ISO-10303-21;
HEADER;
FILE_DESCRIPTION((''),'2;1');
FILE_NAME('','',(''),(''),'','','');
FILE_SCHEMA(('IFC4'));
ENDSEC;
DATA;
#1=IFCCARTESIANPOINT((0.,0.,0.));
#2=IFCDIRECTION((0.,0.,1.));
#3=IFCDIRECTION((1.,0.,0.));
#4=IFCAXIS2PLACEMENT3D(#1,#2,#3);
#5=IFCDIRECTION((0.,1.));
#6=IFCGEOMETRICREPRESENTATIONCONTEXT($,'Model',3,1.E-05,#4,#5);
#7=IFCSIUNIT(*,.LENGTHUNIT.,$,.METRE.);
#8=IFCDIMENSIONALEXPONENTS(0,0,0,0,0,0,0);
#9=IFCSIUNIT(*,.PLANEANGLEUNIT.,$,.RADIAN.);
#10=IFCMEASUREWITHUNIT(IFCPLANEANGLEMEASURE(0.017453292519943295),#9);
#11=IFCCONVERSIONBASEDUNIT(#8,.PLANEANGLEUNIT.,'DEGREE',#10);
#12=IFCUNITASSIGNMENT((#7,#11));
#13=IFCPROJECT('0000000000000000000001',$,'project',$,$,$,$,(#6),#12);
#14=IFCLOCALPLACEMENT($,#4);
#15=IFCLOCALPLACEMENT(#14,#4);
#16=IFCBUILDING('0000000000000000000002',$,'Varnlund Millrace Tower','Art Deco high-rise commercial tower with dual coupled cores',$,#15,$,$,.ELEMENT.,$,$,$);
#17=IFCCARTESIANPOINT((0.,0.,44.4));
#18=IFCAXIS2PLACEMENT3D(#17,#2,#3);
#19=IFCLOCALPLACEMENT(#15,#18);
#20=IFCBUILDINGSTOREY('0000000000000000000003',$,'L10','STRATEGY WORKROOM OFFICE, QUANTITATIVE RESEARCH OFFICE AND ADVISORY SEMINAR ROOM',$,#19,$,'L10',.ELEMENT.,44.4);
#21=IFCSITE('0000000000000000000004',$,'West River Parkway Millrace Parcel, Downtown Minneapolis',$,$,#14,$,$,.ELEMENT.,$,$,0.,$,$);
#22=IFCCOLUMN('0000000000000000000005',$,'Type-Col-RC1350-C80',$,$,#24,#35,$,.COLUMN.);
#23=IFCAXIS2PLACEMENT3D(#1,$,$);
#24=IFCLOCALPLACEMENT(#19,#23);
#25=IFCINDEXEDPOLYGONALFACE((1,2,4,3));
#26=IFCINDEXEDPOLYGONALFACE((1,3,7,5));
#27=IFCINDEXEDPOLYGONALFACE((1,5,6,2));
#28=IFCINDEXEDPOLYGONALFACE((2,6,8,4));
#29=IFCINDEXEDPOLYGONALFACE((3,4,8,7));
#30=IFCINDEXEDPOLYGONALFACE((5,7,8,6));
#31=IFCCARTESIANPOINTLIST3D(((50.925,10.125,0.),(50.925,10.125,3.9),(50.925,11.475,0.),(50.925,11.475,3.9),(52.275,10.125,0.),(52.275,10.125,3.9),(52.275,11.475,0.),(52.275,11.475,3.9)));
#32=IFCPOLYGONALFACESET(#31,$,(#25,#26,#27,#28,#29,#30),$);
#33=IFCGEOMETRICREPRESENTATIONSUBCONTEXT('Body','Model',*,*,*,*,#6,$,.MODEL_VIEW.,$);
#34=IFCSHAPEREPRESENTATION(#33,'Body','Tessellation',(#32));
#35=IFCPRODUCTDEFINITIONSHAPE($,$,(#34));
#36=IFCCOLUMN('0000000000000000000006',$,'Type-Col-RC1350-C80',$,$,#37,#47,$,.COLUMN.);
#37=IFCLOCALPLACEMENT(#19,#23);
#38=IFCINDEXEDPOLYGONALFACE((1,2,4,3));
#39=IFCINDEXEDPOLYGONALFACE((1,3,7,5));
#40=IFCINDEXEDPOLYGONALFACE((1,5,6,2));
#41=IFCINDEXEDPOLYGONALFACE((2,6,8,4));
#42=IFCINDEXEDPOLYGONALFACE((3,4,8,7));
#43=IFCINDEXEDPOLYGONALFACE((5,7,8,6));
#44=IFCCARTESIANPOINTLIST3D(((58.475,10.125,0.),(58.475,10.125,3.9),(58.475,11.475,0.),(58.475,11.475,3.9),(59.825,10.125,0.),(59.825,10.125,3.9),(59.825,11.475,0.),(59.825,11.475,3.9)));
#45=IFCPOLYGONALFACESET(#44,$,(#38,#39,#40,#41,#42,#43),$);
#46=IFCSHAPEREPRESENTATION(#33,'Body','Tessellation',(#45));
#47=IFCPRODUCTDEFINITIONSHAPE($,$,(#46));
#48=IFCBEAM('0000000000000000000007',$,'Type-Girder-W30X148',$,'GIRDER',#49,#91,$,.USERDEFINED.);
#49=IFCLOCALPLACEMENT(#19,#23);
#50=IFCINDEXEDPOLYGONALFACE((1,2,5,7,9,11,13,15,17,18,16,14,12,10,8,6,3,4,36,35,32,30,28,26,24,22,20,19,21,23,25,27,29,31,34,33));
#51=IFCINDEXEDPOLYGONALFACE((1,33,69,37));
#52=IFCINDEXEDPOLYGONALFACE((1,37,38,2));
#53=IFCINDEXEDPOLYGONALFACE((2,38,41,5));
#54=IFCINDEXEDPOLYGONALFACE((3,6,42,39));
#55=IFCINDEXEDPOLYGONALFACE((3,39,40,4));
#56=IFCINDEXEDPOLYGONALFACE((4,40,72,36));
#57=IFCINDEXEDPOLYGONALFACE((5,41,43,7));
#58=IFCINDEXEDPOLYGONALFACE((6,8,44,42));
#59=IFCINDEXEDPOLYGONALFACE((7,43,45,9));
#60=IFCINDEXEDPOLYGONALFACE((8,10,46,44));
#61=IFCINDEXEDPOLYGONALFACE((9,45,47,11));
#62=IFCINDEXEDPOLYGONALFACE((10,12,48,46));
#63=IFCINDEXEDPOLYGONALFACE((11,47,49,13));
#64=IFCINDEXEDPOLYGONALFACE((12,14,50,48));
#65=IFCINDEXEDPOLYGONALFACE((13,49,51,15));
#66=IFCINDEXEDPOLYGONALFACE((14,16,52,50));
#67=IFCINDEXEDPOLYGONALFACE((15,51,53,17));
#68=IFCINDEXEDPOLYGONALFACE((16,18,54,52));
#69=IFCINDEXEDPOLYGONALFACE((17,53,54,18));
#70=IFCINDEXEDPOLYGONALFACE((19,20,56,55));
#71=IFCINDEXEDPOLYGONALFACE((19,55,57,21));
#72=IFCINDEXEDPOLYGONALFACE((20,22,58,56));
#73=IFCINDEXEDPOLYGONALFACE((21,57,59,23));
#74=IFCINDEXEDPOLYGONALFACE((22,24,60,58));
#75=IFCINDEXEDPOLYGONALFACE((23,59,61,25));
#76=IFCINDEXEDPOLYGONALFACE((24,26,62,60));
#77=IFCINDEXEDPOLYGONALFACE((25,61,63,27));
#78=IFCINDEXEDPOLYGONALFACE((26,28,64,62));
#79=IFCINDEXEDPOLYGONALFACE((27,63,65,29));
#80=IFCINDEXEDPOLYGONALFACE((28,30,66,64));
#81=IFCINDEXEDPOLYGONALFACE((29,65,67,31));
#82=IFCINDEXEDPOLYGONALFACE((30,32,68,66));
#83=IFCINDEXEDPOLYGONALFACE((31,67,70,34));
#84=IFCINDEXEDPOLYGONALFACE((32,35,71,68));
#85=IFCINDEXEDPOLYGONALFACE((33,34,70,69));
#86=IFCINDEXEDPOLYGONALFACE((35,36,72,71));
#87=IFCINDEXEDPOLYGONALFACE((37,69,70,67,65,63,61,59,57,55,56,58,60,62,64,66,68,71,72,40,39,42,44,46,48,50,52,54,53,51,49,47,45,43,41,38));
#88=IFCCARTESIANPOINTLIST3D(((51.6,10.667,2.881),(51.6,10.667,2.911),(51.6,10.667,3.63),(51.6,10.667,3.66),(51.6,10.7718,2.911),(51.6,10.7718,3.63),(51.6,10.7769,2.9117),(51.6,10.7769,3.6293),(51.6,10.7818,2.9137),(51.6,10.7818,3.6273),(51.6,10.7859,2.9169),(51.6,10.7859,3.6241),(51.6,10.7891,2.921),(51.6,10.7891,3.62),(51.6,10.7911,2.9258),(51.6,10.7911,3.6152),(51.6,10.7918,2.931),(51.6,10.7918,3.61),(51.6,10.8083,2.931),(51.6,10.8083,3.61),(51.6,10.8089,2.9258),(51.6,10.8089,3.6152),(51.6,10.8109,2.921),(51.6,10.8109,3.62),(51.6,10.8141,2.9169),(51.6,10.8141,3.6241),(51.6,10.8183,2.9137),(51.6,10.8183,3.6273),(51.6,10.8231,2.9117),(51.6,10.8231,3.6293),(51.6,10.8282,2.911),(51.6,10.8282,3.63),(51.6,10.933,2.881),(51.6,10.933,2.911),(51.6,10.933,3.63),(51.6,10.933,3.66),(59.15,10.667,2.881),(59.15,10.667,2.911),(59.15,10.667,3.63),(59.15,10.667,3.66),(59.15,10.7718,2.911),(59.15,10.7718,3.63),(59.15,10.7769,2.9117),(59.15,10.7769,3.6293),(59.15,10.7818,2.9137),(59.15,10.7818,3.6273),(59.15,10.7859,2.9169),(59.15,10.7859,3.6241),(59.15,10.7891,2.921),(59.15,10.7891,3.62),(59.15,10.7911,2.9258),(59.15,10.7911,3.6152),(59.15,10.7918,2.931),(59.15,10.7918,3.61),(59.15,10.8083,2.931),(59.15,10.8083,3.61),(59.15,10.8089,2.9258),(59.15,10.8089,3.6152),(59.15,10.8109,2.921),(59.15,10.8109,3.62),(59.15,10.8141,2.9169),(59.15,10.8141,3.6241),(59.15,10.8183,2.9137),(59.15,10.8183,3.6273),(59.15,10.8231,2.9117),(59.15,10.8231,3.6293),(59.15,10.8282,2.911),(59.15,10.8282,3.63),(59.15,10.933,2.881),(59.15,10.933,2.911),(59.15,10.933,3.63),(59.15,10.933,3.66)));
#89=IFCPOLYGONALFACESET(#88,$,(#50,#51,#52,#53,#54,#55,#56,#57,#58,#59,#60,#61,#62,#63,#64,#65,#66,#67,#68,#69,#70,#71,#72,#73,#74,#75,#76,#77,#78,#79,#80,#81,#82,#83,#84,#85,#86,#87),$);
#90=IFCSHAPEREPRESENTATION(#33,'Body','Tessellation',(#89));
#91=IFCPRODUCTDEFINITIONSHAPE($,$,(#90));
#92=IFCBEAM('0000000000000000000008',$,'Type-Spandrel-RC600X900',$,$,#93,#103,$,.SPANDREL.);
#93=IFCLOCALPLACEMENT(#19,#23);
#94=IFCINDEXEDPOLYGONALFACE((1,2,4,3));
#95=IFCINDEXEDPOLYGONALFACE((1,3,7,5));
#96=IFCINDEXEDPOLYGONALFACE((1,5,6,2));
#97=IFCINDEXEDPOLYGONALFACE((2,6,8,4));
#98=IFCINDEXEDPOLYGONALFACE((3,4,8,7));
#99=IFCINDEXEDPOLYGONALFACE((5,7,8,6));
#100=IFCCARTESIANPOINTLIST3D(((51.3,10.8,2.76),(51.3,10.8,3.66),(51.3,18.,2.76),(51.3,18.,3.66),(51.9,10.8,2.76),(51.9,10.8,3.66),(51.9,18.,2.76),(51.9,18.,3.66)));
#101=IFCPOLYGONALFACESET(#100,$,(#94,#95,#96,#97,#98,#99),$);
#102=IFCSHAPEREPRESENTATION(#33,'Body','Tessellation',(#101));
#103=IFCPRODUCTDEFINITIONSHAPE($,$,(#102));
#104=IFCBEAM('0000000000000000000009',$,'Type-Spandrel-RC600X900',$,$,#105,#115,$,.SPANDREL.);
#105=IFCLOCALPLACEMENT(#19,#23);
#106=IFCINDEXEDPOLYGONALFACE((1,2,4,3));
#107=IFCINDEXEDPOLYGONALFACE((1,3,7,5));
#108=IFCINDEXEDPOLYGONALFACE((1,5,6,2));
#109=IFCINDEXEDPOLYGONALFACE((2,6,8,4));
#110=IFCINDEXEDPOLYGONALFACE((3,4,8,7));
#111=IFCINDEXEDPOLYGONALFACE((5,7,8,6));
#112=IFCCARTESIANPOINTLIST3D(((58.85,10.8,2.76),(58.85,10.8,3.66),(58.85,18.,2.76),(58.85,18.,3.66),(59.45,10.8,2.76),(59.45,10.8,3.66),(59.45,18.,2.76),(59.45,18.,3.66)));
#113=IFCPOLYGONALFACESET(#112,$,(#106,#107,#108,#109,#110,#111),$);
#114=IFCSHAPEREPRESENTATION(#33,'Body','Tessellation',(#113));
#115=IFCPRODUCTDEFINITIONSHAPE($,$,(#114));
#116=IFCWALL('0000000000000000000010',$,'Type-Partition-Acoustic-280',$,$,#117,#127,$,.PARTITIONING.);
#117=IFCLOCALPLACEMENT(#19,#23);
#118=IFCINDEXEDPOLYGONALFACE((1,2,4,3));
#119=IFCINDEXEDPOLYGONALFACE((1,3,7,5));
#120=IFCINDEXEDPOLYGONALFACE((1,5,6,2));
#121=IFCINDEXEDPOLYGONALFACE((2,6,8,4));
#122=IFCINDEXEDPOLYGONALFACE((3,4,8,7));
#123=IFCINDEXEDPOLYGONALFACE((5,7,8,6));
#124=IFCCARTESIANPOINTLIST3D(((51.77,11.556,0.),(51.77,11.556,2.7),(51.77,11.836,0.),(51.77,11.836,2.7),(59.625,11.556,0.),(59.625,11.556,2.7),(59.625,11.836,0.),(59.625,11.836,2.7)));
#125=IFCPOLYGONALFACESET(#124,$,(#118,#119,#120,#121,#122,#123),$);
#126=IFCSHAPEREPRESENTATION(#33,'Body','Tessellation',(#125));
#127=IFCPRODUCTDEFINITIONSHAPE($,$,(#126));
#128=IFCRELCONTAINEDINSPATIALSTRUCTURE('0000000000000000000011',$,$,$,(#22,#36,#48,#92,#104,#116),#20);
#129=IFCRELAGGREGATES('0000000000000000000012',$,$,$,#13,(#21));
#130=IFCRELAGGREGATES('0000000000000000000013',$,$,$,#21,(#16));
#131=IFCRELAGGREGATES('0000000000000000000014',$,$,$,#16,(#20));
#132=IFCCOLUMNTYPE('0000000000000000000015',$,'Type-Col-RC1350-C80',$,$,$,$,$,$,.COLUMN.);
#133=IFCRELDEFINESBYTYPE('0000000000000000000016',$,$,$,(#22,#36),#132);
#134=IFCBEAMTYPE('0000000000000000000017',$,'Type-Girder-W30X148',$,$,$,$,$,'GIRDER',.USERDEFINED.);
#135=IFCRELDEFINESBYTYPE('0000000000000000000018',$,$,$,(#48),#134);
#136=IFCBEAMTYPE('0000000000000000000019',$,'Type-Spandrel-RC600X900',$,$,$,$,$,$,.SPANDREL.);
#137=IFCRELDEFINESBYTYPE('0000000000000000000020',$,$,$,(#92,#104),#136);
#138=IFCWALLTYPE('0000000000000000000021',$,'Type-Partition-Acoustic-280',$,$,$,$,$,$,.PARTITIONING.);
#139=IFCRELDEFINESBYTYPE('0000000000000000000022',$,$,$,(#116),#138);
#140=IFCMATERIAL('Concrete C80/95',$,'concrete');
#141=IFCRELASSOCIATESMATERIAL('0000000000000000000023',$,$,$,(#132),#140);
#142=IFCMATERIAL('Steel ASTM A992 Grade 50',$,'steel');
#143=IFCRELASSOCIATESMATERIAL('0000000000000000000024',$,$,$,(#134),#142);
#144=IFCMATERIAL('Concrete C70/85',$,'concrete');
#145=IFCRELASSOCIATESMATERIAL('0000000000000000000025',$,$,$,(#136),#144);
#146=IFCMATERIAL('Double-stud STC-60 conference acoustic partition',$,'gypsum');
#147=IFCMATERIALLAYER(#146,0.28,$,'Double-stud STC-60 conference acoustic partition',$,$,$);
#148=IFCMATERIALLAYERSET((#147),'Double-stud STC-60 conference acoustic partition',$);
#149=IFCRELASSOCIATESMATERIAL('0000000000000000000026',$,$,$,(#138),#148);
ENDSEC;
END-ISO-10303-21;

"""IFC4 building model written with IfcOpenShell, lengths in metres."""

from ifc_helpers import new_model, entity, si_unit, converted_unit, direction, frame, origin_with_axes, origin_2d_with_axis, place, context, subcontext, project, spatial, polyline, rectangle, i_section, outline, extrude, material, layer, layer_set, material_profile, profile_set, type_object, element, save


model = new_model("IFC4")

# Units and contexts
model_context = context("Model", 3, precision=1e-05, world=origin_with_axes(), true_north=direction((0.0, 1.0)))
body_context = subcontext(model_context, "Body", "Model", "MODEL_VIEW")
ifc_project = project(units=[si_unit("LENGTHUNIT", "METRE"), converted_unit("PLANEANGLEUNIT", "DEGREE", entity("IfcPlaneAngleMeasure", 0.017453292519943295), si_unit("PLANEANGLEUNIT", "RADIAN"), dimensions=[0, 0, 0, 0, 0, 0, 0])], contexts=[model_context])

# Site, building, storey
site_placement = place(None, origin_with_axes())
site = spatial("IfcSite", under=ifc_project, at=site_placement, Name="West River Parkway Millrace Parcel, Downtown Minneapolis", CompositionType="ELEMENT", RefElevation=0.0)
building_placement = place(site_placement, origin_with_axes())
building = spatial("IfcBuilding", under=site, at=building_placement, Name="Varnlund Millrace Tower", Description="Art Deco high-rise commercial tower with dual coupled cores", CompositionType="ELEMENT")
storey_placement = place(building_placement, frame((0.0, 0.0, 44.4), z_axis=(0.0, 0.0, 1.0), x_axis=(1.0, 0.0, 0.0)))
storey = spatial("IfcBuildingStorey", under=building, at=storey_placement, Name="L10", Description="STRATEGY WORKROOM OFFICE, QUANTITATIVE RESEARCH OFFICE AND ADVISORY SEMINAR ROOM", LongName="L10", CompositionType="ELEMENT", Elevation=44.4)

# Columns
ifc_material_1 = material(Name="Concrete C80/95", Category="concrete")
ifc_material_profile_1 = material_profile(ifc_material_1, rectangle(XDim=1.35, YDim=1.35, at=origin_2d_with_axis()), Name="Concrete C80/95")
ifc_profile_set_1 = profile_set([ifc_material_profile_1], Name="Concrete C80/95")
column_type = type_object("IfcColumnType", Name="Type-Col-RC1350-C80", PredefinedType="COLUMN", material=ifc_profile_set_1)
for number, where, z_axis, x_axis, name in (
    (1, (51.6, 10.8, 0.0), (0.0, 0.0, 1.0), (1.0, 0.0, 0.0), "Type-Col-RC1350-C80"),
    (2, (59.15, 10.8, 0.0), (0.0, 0.0, 1.0), (1.0, 0.0, 0.0), "Type-Col-RC1350-C80"),
):
    element("IfcColumn", number, at=place(storey_placement, frame(where, z_axis=z_axis, x_axis=x_axis)), inside=storey, type_object=column_type, Name=name, PredefinedType="COLUMN", context=body_context, shape_type="SweptSolid", body=[
        extrude(rectangle(XDim=1.35, YDim=1.35, at=origin_2d_with_axis()), origin_with_axes(), (0.0, 0.0, 1.0), 3.9),
    ])

# Beams
ifc_material_2 = material(Name="Steel ASTM A992 Grade 50", Category="steel")
ifc_material_profile_2 = material_profile(ifc_material_2, i_section(OverallWidth=0.266, OverallDepth=0.779, WebThickness=0.0165, FlangeThickness=0.03, FilletRadius=0.02, at=origin_2d_with_axis()), Name="Steel ASTM A992 Grade 50")
ifc_profile_set_2 = profile_set([ifc_material_profile_2], Name="Steel ASTM A992 Grade 50")
beam_type_1 = type_object("IfcBeamType", Name="Type-Girder-W30X148", ElementType="GIRDER", PredefinedType="USERDEFINED", material=ifc_profile_set_2)
beam_placement = place(storey_placement, frame((51.6, 10.8, 3.2705), z_axis=(1.0, 0.0, 0.0), x_axis=(0.0, 1.0, 0.0)))
element("IfcBeam", 3, at=beam_placement, inside=storey, type_object=beam_type_1, Name="Type-Girder-W30X148", ObjectType="GIRDER", PredefinedType="USERDEFINED", context=body_context, shape_type="SweptSolid", body=[
    extrude(i_section(OverallWidth=0.266, OverallDepth=0.779, WebThickness=0.0165, FlangeThickness=0.03, FilletRadius=0.02, at=origin_2d_with_axis()), origin_with_axes(), (0.0, 0.0, 1.0), 7.55),
])
ifc_material_3 = material(Name="Concrete C70/85", Category="concrete")
ifc_material_profile_3 = material_profile(ifc_material_3, rectangle(XDim=0.6, YDim=0.9, at=origin_2d_with_axis()), Name="Concrete C70/85")
ifc_profile_set_3 = profile_set([ifc_material_profile_3], Name="Concrete C70/85")
beam_type_2 = type_object("IfcBeamType", Name="Type-Spandrel-RC600X900", PredefinedType="SPANDREL", material=ifc_profile_set_3)
for number, where, z_axis, x_axis, name in (
    (4, (51.6, 10.8, 3.21), (0.0, 1.0, 0.0), (-1.0, 0.0, 0.0), "Type-Spandrel-RC600X900"),
    (5, (59.15, 10.8, 3.21), (0.0, 1.0, 0.0), (-1.0, 0.0, 0.0), "Type-Spandrel-RC600X900"),
):
    element("IfcBeam", number, at=place(storey_placement, frame(where, z_axis=z_axis, x_axis=x_axis)), inside=storey, type_object=beam_type_2, Name=name, PredefinedType="SPANDREL", context=body_context, shape_type="SweptSolid", body=[
        extrude(rectangle(XDim=0.6, YDim=0.9, at=origin_2d_with_axis()), origin_with_axes(), (0.0, 0.0, 1.0), 7.2),
    ])

# Wall
ifc_material_4 = material(Name="Double-stud STC-60 conference acoustic partition", Category="gypsum")
ifc_layer_1 = layer(ifc_material_4, 0.28, Name="Double-stud STC-60 conference acoustic partition")
ifc_layer_set_1 = layer_set([ifc_layer_1], Name="Double-stud STC-60 conference acoustic partition")
wall_type_1 = type_object("IfcWallType", Name="Type-Partition-Acoustic-280", PredefinedType="PARTITIONING", material=ifc_layer_set_1)
wall_1_placement = place(storey_placement, frame((51.77, 11.696, 0.0), z_axis=(0.0, 0.0, 1.0), x_axis=(1.0, 0.0, 0.0)))
element("IfcWall", 6, at=wall_1_placement, inside=storey, type_object=wall_type_1, Name="Type-Partition-Acoustic-280", PredefinedType="PARTITIONING", context=body_context, shape_type="SweptSolid", body=[
    extrude(outline(polyline([(0.0, -0.14), (7.855, -0.14), (7.855, 0.14), (0.0, 0.14), (0.0, -0.14)])), origin_with_axes(), (0.0, 0.0, 1.0), 2.7),
])

save(model, "model.ifc")
